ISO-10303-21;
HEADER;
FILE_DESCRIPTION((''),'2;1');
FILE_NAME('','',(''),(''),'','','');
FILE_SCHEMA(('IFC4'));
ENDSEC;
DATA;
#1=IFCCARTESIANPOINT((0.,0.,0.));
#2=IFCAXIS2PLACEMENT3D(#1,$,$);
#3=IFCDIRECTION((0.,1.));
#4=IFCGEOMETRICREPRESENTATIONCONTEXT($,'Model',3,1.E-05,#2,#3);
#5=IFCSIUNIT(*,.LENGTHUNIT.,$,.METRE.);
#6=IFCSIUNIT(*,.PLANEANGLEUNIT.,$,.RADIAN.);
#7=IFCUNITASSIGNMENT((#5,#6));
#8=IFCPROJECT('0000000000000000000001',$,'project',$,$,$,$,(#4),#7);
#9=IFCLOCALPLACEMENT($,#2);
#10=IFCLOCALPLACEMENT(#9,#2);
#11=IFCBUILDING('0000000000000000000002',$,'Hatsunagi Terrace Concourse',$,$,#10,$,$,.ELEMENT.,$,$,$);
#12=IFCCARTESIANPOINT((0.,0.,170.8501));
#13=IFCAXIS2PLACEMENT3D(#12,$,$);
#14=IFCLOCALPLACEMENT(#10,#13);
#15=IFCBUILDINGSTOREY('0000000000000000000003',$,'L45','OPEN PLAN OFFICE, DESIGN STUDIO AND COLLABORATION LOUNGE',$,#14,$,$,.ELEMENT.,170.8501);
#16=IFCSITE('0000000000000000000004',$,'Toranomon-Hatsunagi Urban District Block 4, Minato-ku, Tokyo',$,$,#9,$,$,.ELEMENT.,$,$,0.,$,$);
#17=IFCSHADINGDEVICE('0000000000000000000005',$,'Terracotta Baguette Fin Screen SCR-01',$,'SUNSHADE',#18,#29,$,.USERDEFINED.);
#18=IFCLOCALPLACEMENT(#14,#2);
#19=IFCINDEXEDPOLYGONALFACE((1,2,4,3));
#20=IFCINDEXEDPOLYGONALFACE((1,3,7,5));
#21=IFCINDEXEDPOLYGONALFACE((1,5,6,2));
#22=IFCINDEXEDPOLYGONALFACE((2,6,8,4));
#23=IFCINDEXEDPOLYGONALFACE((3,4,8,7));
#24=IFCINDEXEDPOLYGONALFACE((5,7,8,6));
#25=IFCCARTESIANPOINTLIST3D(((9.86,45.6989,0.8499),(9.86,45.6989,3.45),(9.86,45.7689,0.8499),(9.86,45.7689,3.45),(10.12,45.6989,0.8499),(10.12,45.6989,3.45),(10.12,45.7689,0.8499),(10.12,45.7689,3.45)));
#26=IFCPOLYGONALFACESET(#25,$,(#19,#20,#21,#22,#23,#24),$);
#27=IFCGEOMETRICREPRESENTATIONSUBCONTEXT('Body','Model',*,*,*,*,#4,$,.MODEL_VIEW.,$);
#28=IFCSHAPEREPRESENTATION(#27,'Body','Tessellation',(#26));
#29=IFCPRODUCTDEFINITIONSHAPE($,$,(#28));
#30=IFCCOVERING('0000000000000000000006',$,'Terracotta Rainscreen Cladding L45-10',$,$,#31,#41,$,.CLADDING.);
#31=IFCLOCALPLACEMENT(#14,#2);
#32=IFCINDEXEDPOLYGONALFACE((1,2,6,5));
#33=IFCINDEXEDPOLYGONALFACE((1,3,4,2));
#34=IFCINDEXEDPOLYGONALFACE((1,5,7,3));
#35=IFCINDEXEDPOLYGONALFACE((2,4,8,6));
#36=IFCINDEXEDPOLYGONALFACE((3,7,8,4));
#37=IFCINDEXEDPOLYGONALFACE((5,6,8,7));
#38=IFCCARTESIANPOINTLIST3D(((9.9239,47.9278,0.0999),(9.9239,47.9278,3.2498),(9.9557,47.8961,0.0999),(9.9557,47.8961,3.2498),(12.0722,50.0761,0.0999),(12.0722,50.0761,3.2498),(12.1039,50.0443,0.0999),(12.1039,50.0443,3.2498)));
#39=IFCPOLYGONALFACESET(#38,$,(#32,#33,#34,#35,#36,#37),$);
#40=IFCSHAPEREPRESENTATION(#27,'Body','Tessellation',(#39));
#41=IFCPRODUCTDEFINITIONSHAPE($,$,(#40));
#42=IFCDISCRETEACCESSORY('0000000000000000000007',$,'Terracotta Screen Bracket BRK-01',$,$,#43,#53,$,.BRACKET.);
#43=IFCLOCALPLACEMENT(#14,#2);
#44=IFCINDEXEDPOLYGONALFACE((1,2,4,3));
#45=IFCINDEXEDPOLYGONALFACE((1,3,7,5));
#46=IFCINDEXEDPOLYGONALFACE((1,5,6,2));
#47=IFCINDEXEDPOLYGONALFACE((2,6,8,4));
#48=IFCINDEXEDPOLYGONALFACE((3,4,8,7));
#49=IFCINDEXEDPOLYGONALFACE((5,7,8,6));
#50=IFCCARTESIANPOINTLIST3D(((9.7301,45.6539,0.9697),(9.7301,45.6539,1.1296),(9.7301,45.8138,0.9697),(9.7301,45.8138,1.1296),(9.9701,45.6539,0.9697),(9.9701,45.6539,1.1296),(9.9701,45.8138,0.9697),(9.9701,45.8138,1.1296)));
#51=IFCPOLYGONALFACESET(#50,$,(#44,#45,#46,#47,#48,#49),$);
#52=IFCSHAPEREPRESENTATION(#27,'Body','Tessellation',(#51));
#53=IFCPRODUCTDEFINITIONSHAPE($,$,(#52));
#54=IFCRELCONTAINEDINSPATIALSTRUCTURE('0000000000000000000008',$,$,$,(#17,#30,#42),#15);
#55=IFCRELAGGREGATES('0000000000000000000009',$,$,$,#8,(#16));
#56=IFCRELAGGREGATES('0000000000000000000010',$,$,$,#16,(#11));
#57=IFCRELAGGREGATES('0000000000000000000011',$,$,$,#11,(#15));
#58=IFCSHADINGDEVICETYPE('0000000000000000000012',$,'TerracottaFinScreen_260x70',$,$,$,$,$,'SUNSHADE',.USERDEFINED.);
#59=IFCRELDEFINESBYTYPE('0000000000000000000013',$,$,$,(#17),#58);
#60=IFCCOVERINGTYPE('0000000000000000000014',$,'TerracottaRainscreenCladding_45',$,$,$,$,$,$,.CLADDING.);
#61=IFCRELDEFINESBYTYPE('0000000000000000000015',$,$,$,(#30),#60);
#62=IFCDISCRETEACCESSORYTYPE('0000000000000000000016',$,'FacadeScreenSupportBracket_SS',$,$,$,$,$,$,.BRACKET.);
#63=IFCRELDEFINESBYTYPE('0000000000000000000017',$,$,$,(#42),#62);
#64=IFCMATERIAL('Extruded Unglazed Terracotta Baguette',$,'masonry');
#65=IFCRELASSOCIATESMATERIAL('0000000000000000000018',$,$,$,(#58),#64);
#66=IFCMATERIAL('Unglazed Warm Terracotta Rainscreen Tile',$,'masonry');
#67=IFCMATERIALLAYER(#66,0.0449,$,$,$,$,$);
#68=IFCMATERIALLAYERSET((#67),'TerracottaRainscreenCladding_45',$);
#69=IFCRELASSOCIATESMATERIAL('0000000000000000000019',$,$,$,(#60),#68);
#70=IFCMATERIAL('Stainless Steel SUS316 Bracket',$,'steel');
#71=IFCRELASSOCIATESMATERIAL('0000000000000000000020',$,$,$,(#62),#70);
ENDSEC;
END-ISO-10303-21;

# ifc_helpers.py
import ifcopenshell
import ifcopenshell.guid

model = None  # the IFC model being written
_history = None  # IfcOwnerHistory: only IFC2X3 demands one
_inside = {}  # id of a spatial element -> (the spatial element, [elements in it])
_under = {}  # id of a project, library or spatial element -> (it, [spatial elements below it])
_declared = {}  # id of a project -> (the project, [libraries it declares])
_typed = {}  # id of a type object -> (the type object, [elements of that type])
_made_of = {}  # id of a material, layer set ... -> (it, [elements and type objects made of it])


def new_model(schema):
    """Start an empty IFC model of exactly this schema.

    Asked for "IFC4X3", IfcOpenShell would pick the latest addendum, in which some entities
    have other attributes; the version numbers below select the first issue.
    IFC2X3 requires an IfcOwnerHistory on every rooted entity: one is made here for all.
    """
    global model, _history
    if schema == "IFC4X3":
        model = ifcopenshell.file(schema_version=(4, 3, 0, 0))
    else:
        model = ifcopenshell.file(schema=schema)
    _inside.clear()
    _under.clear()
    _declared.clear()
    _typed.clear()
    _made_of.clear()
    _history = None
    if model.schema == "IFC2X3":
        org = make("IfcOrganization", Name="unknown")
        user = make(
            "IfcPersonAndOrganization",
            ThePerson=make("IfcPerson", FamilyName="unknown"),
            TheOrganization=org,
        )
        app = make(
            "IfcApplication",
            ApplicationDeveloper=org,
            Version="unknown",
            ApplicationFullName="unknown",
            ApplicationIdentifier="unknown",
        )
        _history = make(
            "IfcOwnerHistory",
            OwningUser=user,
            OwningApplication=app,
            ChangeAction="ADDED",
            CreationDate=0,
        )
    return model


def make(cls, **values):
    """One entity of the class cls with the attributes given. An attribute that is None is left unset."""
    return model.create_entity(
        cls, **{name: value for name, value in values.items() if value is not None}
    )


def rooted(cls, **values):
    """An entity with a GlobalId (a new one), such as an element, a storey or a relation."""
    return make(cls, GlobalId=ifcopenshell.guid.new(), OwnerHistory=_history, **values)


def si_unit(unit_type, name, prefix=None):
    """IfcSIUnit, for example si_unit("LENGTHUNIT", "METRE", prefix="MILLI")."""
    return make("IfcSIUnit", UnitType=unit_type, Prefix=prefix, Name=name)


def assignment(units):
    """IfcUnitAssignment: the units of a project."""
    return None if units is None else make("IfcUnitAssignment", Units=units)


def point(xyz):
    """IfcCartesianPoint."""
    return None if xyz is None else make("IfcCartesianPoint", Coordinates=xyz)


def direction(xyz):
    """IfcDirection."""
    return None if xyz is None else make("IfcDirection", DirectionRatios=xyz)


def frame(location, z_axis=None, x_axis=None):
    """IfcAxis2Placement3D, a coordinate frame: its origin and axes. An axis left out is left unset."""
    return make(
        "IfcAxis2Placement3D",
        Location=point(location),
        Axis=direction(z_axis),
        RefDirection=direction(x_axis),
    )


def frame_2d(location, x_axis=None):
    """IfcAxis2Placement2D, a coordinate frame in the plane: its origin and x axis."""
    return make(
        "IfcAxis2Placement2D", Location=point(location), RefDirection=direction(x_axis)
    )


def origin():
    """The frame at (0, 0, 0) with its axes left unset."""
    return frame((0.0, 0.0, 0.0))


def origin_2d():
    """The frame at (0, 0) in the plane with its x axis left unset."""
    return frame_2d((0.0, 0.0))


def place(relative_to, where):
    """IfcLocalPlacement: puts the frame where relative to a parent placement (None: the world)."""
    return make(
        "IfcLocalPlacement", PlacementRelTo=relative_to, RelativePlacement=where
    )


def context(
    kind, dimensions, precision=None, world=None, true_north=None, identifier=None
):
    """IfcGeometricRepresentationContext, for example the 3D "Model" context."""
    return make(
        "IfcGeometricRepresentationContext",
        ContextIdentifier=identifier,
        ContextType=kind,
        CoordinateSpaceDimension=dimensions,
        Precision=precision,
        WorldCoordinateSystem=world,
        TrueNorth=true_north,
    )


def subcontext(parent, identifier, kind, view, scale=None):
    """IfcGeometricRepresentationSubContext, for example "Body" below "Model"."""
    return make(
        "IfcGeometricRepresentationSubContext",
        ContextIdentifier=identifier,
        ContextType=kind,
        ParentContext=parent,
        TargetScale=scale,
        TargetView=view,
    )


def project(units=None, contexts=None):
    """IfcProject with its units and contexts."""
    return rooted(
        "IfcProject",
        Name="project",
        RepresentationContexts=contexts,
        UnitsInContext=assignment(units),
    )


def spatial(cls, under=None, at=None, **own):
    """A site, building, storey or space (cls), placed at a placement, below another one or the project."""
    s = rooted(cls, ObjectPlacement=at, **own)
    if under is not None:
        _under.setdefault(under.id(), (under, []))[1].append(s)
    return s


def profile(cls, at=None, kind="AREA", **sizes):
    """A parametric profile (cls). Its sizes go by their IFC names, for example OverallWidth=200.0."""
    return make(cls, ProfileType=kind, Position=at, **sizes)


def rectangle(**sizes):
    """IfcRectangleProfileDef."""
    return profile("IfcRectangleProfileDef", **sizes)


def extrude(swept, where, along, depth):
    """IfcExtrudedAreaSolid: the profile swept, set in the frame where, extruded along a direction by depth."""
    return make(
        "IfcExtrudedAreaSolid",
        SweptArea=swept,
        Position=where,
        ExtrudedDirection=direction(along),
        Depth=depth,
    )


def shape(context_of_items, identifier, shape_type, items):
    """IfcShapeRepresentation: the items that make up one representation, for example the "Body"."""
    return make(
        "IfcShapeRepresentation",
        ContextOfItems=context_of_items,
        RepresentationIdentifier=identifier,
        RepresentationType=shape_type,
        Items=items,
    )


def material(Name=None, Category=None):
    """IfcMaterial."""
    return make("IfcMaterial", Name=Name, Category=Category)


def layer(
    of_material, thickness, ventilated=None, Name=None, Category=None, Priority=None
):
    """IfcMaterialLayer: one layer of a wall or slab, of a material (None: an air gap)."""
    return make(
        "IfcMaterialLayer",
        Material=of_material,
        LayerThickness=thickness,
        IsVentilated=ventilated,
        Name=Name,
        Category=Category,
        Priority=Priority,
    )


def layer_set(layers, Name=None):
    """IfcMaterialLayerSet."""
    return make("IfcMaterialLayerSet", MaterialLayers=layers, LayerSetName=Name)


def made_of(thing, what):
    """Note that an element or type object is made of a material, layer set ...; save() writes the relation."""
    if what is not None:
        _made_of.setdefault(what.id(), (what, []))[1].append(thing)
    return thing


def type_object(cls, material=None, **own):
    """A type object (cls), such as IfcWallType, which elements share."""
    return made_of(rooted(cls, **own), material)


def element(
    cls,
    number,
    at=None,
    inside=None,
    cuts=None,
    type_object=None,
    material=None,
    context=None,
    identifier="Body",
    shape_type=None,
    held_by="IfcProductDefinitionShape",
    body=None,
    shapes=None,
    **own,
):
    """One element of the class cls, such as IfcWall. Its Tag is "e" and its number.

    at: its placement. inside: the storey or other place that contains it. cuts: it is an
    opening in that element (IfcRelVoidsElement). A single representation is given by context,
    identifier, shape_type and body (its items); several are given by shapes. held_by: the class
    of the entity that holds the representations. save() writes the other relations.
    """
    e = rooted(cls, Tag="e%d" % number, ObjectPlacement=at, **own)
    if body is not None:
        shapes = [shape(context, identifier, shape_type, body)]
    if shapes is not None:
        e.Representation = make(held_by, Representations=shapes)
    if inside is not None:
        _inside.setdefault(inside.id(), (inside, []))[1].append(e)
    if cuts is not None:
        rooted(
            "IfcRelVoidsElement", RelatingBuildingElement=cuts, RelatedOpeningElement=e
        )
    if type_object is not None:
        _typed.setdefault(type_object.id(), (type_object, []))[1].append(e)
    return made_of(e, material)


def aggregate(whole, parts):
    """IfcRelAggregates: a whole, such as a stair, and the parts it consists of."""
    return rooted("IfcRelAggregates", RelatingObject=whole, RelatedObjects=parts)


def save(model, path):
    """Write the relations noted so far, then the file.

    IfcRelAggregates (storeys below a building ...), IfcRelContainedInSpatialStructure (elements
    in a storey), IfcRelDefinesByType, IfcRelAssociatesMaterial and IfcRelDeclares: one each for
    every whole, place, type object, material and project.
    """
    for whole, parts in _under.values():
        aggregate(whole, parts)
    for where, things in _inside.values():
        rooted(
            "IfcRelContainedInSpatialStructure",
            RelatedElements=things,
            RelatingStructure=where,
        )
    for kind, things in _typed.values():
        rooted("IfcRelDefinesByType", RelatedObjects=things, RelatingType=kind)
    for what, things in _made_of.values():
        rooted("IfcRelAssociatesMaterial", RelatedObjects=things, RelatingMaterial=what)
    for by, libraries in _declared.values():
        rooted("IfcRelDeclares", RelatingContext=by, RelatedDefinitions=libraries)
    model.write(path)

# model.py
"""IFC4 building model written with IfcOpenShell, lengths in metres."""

from ifc_helpers import new_model, si_unit, direction, frame, origin, origin_2d, place, context, subcontext, project, spatial, rectangle, extrude, material, layer, layer_set, type_object, element, save


model = new_model("IFC4")

# Units and contexts
model_context = context("Model", 3, precision=1e-05, world=origin(), true_north=direction((0.0, 1.0)))
body_context = subcontext(model_context, "Body", "Model", "MODEL_VIEW")
ifc_project = project(units=[si_unit("LENGTHUNIT", "METRE"), si_unit("PLANEANGLEUNIT", "RADIAN")], contexts=[model_context])

# Site, building, storey
site_placement = place(None, origin())
site = spatial("IfcSite", under=ifc_project, at=site_placement, Name="Toranomon-Hatsunagi Urban District Block 4, Minato-ku, Tokyo", CompositionType="ELEMENT", RefElevation=0.0)
building_placement = place(site_placement, origin())
building = spatial("IfcBuilding", under=site, at=building_placement, Name="Hatsunagi Terrace Concourse", CompositionType="ELEMENT")
storey_placement = place(building_placement, frame((0.0, 0.0, 170.8501)))
storey = spatial("IfcBuildingStorey", under=building, at=storey_placement, Name="L45", Description="OPEN PLAN OFFICE, DESIGN STUDIO AND COLLABORATION LOUNGE", CompositionType="ELEMENT", Elevation=170.8501)

# Shading device
ifc_material_1 = material(Name="Extruded Unglazed Terracotta Baguette", Category="masonry")
shading_device_type = type_object("IfcShadingDeviceType", Name="TerracottaFinScreen_260x70", ElementType="SUNSHADE", PredefinedType="USERDEFINED", material=ifc_material_1)
shading_device_placement = place(storey_placement, frame((9.99, 45.7339, 0.8499), z_axis=(0.0, 0.0, 1.0), x_axis=(0.0, 1.0, 0.0)))
element("IfcShadingDevice", 1, at=shading_device_placement, inside=storey, type_object=shading_device_type, Name="Terracotta Baguette Fin Screen SCR-01", ObjectType="SUNSHADE", PredefinedType="USERDEFINED", context=body_context, shape_type="SweptSolid", body=[
    extrude(rectangle(XDim=0.0701, YDim=0.26, at=origin_2d()), origin(), (0.0, 0.0, 1.0), 2.6001),
])

# Covering
ifc_material_2 = material(Name="Unglazed Warm Terracotta Rainscreen Tile", Category="masonry")
ifc_layer_1 = layer(ifc_material_2, 0.0449)
ifc_layer_set_1 = layer_set([ifc_layer_1], Name="TerracottaRainscreenCladding_45")
covering_type = type_object("IfcCoveringType", Name="TerracottaRainscreenCladding_45", PredefinedType="CLADDING", material=ifc_layer_set_1)
covering_placement = place(storey_placement, frame((11.0139, 48.9861, 0.0999), z_axis=(0.0, 0.0, 1.0), x_axis=(0.707107, 0.707107, 0.0)))
element("IfcCovering", 2, at=covering_placement, inside=storey, type_object=covering_type, Name="Terracotta Rainscreen Cladding L45-10", PredefinedType="CLADDING", context=body_context, shape_type="SweptSolid", body=[
    extrude(rectangle(XDim=3.0381, YDim=0.0449, at=origin_2d()), origin(), (0.0, 0.0, 1.0), 3.1499),
])

# Discrete accessory
ifc_material_3 = material(Name="Stainless Steel SUS316 Bracket", Category="steel")
discrete_accessory_type = type_object("IfcDiscreteAccessoryType", Name="FacadeScreenSupportBracket_SS", PredefinedType="BRACKET", material=ifc_material_3)
discrete_accessory_placement = place(storey_placement, frame((9.8501, 45.7339, 0.9697), z_axis=(0.0, 0.0, 1.0), x_axis=(0.0, 1.0, 0.0)))
element("IfcDiscreteAccessory", 3, at=discrete_accessory_placement, inside=storey, type_object=discrete_accessory_type, Name="Terracotta Screen Bracket BRK-01", PredefinedType="BRACKET", context=body_context, shape_type="SweptSolid", body=[
    extrude(rectangle(XDim=0.1599, YDim=0.24, at=origin_2d()), origin(), (0.0, 0.0, 1.0), 0.1599),
])

save(model, "model.ifc")
